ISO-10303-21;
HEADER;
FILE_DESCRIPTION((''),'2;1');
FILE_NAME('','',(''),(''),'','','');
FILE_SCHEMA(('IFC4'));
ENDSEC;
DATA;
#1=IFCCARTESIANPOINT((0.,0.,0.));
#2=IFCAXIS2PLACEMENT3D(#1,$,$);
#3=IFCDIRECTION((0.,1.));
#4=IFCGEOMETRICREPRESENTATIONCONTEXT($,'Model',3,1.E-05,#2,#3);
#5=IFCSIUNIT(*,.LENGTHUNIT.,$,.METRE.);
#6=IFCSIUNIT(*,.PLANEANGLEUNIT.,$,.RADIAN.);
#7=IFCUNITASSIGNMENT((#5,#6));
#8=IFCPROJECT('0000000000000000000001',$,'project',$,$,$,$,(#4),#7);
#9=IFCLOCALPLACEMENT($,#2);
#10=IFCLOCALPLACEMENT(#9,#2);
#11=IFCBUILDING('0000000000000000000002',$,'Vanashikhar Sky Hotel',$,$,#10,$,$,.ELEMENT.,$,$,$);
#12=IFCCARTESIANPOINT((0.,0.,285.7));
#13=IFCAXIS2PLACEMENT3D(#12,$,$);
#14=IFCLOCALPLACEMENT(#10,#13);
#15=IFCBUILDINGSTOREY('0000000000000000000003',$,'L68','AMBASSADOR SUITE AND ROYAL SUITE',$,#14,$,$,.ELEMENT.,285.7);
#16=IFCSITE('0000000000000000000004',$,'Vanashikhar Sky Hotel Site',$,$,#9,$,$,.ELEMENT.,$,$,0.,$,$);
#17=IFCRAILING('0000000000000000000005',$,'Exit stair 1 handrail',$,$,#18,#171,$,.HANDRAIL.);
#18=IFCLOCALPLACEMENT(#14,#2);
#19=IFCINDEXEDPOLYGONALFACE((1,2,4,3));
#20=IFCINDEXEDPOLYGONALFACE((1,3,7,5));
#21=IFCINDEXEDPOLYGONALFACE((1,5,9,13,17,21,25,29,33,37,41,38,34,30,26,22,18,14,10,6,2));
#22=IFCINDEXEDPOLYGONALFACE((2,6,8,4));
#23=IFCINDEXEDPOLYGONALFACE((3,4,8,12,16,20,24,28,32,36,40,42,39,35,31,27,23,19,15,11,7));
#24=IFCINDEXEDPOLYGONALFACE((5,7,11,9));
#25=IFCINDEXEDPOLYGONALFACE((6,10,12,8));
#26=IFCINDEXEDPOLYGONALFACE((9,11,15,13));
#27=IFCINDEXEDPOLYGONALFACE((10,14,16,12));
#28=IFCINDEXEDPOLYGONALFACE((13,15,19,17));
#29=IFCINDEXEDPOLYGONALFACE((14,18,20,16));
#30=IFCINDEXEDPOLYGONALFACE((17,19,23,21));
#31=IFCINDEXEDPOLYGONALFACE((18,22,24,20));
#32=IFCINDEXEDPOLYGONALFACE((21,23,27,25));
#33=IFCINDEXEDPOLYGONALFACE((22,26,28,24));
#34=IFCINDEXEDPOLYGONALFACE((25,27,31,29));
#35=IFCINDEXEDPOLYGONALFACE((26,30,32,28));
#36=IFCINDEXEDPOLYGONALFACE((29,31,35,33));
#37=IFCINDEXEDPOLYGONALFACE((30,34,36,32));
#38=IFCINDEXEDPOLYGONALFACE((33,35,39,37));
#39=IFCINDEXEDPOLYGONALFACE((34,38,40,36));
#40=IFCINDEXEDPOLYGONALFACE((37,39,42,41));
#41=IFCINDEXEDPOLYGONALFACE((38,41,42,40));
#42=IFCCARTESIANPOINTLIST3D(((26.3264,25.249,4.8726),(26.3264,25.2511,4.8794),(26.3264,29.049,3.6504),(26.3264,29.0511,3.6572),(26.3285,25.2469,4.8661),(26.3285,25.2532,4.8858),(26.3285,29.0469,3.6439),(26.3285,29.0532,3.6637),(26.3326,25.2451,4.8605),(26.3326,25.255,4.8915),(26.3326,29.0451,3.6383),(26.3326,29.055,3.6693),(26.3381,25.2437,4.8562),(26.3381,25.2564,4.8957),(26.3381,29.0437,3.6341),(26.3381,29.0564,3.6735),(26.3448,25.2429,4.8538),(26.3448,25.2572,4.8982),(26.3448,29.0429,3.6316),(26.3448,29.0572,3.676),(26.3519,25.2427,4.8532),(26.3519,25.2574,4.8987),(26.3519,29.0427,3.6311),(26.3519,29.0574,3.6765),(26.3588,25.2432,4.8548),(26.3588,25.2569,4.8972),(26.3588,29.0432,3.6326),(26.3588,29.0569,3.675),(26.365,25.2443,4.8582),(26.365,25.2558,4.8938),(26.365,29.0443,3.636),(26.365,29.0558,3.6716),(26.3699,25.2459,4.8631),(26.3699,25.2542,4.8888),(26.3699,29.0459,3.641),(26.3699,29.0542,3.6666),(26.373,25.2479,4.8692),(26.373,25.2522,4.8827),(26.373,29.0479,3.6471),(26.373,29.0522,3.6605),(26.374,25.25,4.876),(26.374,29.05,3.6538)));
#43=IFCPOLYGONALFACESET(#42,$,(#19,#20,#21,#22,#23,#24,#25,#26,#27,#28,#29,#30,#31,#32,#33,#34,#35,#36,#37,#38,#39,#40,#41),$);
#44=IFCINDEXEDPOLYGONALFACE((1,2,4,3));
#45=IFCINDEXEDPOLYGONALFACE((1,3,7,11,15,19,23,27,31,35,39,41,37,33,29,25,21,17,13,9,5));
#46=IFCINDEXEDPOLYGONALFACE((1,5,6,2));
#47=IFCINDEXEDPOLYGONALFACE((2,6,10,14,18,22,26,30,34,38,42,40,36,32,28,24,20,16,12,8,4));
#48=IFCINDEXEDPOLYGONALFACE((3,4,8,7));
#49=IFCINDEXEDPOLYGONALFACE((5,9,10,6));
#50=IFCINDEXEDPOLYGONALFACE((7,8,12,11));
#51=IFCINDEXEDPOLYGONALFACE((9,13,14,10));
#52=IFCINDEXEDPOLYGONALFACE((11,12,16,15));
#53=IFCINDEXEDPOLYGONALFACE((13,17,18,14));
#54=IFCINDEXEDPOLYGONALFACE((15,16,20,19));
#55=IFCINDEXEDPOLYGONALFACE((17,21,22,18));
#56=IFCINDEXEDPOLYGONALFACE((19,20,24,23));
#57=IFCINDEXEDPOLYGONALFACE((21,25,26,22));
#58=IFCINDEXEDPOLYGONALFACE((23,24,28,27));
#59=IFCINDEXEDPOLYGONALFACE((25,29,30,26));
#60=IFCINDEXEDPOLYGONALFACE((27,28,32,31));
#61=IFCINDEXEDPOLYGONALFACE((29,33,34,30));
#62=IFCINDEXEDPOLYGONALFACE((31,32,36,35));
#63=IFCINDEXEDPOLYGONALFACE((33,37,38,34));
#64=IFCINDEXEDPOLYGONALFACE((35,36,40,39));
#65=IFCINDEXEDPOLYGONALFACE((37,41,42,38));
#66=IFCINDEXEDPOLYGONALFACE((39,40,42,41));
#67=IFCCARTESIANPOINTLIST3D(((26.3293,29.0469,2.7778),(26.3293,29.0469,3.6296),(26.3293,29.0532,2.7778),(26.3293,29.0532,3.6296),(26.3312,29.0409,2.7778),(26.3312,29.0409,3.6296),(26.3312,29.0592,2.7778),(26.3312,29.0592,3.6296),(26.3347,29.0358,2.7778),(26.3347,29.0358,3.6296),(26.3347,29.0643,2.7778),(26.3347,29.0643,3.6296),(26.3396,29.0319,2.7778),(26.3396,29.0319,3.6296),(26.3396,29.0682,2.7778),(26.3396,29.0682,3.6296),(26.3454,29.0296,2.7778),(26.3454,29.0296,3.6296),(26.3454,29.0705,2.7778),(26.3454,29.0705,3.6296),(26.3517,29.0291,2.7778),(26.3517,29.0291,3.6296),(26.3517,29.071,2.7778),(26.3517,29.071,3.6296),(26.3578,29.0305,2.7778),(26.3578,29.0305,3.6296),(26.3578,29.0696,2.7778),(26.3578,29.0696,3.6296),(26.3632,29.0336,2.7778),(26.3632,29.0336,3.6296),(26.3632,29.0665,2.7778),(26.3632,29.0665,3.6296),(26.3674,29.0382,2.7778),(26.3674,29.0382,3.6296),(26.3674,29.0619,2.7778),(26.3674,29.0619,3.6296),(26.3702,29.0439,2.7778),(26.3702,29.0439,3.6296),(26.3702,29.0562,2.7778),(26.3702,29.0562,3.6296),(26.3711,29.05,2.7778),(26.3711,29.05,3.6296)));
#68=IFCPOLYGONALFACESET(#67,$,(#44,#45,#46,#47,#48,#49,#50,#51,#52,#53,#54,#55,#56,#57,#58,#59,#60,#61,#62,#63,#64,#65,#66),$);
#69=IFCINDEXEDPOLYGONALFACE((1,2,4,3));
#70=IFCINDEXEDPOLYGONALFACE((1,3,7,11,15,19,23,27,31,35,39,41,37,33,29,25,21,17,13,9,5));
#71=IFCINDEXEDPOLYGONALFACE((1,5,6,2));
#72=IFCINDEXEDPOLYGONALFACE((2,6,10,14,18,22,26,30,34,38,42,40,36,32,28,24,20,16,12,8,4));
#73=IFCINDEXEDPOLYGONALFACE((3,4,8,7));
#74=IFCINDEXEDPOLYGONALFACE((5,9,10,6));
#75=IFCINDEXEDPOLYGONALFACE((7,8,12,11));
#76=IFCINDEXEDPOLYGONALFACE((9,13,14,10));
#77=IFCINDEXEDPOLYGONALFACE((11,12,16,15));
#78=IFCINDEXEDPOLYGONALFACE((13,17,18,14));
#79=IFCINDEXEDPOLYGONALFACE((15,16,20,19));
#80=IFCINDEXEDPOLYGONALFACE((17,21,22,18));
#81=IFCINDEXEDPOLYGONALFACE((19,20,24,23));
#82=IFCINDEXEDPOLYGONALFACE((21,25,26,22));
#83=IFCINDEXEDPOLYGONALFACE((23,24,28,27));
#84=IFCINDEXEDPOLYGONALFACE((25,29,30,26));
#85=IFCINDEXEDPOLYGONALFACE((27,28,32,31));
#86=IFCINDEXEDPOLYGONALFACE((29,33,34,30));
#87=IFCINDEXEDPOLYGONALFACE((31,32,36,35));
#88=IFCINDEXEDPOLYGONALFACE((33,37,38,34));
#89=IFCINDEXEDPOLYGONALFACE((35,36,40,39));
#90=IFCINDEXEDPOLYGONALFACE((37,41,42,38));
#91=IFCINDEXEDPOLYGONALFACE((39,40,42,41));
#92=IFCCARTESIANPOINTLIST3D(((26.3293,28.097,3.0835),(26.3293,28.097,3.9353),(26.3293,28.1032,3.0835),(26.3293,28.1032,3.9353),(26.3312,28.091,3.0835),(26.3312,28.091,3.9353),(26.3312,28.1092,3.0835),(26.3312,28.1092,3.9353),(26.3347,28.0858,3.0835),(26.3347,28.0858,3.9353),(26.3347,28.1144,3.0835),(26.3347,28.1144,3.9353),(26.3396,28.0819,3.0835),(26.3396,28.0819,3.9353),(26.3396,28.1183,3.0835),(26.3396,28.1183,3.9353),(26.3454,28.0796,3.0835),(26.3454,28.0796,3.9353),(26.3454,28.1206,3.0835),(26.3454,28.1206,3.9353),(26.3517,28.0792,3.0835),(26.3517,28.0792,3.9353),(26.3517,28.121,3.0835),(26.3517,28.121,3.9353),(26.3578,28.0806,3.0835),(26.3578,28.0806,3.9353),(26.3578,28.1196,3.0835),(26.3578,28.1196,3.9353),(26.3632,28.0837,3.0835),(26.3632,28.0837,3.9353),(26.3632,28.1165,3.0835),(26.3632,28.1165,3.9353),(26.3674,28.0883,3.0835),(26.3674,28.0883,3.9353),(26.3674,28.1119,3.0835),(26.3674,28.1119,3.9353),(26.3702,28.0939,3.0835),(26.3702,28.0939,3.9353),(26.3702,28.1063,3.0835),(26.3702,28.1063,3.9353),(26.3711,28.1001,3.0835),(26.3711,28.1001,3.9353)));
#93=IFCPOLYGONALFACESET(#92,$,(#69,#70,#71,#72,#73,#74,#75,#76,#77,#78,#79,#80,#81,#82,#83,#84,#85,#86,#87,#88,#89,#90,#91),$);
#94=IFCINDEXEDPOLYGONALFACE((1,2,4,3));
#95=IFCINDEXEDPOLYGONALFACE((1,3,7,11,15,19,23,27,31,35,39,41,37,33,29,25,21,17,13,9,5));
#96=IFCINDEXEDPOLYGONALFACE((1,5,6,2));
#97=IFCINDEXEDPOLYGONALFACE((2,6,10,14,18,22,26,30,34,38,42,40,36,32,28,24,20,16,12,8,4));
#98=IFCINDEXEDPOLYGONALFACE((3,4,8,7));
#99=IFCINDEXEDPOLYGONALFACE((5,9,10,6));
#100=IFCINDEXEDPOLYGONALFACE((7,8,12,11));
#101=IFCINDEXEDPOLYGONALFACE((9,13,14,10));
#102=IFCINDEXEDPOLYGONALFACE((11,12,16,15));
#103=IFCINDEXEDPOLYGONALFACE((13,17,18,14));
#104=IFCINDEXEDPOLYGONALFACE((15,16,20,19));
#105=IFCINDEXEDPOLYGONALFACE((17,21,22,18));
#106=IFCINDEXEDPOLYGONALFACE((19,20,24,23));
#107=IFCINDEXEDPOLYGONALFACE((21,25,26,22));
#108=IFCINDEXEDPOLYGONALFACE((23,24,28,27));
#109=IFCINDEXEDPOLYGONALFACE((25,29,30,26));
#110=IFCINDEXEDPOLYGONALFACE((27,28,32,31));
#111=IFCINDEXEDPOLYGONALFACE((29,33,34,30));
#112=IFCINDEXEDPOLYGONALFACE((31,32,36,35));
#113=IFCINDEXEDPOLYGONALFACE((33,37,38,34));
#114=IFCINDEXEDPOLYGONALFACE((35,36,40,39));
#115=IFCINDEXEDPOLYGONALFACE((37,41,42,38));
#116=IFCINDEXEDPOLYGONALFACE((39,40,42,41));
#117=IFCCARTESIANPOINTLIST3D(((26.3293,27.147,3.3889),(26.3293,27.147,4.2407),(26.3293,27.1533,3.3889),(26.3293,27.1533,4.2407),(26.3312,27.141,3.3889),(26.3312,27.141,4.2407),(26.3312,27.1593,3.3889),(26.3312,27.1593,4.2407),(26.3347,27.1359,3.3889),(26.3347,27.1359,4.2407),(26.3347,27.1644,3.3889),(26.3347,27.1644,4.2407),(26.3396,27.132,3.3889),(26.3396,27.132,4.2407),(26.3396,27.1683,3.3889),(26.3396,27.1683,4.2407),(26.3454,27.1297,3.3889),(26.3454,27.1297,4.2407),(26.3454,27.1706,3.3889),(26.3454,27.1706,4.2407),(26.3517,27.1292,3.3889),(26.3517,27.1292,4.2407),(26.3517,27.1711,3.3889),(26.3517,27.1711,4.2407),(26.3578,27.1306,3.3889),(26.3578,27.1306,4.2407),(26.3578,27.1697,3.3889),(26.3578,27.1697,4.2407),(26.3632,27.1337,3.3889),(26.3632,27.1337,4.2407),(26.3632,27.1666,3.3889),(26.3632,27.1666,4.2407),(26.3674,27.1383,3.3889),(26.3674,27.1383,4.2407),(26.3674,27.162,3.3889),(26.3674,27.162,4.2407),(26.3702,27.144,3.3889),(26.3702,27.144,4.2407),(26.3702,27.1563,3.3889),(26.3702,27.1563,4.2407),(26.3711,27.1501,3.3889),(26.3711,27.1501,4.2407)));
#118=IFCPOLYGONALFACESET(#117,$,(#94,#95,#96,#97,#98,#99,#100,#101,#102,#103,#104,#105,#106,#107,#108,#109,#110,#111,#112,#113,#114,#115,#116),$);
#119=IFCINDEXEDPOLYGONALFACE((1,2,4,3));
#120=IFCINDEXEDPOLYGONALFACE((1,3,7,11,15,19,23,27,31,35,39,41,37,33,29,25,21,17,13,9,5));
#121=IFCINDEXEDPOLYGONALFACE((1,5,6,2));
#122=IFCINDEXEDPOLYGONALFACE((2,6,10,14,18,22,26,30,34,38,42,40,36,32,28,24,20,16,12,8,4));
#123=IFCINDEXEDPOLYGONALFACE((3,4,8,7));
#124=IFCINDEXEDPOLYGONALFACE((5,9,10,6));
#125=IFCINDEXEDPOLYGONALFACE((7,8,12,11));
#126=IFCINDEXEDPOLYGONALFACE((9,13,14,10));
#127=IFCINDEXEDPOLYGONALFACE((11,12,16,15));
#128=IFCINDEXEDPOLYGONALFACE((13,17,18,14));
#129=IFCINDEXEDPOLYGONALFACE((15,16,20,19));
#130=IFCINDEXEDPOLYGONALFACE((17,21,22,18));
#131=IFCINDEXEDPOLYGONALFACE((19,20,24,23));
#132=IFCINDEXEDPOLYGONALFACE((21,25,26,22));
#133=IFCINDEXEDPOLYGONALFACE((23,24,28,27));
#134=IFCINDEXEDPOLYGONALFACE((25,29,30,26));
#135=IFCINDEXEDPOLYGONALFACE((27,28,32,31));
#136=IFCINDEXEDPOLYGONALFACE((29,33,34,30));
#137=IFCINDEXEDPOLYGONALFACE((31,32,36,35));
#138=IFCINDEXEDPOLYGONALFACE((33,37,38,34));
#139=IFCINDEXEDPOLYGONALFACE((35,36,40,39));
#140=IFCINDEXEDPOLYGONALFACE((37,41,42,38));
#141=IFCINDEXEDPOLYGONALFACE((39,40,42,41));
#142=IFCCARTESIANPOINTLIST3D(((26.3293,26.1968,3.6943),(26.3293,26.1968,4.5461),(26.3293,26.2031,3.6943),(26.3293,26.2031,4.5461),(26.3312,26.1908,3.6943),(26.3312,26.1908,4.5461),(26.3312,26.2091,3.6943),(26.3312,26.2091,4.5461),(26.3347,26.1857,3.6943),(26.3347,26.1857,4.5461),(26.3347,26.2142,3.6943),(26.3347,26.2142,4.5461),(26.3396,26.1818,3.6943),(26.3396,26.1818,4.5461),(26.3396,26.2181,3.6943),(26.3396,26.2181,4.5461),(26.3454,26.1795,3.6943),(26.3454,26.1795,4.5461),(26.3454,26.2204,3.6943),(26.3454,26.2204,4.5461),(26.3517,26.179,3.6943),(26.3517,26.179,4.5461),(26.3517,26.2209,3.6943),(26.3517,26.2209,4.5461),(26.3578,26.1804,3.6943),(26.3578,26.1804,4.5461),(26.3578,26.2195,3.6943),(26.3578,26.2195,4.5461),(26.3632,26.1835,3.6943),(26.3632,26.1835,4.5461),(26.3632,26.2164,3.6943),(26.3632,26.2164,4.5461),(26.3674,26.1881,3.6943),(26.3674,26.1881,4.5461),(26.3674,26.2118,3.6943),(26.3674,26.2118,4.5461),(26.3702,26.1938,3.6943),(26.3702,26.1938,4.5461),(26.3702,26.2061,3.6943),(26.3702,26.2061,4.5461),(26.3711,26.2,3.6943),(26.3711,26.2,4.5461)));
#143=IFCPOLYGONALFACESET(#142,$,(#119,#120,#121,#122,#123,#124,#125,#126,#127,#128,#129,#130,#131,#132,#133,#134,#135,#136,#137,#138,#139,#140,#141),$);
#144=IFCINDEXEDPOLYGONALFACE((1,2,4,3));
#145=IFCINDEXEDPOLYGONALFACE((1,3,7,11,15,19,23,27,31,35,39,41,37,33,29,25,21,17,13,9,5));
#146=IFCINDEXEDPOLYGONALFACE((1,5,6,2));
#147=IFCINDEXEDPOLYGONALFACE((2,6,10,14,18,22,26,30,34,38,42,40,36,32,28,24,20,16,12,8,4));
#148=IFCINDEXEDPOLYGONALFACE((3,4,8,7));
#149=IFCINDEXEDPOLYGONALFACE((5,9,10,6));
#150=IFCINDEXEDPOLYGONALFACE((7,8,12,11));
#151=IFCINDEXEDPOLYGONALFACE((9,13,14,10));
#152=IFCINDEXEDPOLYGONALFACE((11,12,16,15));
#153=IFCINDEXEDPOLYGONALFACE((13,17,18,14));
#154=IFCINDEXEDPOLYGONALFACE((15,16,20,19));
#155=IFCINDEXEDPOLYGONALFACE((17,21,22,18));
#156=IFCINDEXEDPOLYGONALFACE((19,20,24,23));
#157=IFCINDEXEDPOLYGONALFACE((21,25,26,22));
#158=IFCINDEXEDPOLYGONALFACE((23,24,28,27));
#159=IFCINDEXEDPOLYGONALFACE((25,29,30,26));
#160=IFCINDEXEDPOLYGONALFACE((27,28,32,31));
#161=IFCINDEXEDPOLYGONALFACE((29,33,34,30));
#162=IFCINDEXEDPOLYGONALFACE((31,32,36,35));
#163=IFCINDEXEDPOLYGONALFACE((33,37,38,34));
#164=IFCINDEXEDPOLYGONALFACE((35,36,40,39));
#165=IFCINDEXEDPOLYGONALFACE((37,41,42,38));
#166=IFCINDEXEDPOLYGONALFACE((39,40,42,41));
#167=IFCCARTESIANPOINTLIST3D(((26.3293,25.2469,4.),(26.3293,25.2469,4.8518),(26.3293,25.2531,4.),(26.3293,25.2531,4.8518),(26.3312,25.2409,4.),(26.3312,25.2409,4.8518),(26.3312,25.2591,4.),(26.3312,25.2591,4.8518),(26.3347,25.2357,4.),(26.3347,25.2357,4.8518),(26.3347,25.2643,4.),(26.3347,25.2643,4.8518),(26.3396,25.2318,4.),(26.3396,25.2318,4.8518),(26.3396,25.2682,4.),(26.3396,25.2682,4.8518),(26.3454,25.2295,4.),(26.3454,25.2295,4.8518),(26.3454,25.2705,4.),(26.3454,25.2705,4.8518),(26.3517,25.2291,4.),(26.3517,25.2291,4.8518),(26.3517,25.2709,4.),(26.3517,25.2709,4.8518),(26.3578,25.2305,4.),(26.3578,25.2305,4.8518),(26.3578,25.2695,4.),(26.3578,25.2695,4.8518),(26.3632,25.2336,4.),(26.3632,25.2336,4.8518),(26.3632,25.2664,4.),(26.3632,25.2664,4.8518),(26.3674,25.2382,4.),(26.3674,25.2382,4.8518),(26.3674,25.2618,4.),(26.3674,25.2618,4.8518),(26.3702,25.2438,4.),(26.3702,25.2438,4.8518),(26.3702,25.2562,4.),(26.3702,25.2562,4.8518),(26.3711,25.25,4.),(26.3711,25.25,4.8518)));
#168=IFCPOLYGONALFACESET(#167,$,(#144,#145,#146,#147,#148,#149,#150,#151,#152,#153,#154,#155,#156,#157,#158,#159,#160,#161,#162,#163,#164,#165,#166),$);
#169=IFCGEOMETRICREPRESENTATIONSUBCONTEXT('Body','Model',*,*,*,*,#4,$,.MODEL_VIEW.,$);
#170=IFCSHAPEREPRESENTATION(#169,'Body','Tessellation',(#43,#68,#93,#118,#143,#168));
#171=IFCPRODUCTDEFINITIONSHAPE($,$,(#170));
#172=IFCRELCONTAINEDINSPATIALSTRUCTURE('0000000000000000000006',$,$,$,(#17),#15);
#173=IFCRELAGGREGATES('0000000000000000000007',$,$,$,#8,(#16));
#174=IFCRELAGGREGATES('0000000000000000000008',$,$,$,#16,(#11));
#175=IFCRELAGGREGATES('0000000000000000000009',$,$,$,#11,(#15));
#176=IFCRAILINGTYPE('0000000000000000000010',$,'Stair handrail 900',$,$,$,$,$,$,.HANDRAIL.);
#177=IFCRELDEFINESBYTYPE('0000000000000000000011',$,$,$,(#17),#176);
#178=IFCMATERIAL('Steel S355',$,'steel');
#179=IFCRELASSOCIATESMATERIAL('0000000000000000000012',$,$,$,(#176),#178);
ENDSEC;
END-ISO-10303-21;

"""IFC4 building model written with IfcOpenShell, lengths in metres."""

from ifc_helpers import new_model, si_unit, direction, frame, origin, origin_2d, place, context, subcontext, project, spatial, circle, extrude, source, transform, mapped, material, type_object, element, save


model = new_model("IFC4")

# Units and contexts
model_context = context("Model", 3, precision=1e-05, world=origin(), true_north=direction((0.0, 1.0)))
body_context = subcontext(model_context, "Body", "Model", "MODEL_VIEW")
ifc_project = project(units=[si_unit("LENGTHUNIT", "METRE"), si_unit("PLANEANGLEUNIT", "RADIAN")], contexts=[model_context])

# Site, building, storey
site_placement = place(None, origin())
site = spatial("IfcSite", under=ifc_project, at=site_placement, Name="Vanashikhar Sky Hotel Site", CompositionType="ELEMENT", RefElevation=0.0)
building_placement = place(site_placement, origin())
building = spatial("IfcBuilding", under=site, at=building_placement, Name="Vanashikhar Sky Hotel", CompositionType="ELEMENT")
storey_placement = place(building_placement, frame((0.0, 0.0, 285.7)))
storey = spatial("IfcBuildingStorey", under=building, at=storey_placement, Name="L68", Description="AMBASSADOR SUITE AND ROYAL SUITE", CompositionType="ELEMENT", Elevation=285.7)

# Railing
ifc_material_1 = material(Name="Steel S355", Category="steel")
railing_type = type_object("IfcRailingType", Name="Stair handrail 900", PredefinedType="HANDRAIL", material=ifc_material_1)
shared_shape_1 = source(origin(), body_context, "Body", "SweptSolid", [
    extrude(circle(Radius=0.0239, at=origin_2d()), frame((0.0, 0.0, 0.876), z_axis=(0.0, -0.951976, 0.306173), x_axis=(1.0, 0.0, 0.0)), (0.0, 0.0, 1.0), 3.9917),
    extrude(circle(Radius=0.021, at=origin_2d()), origin(), (0.0, 0.0, 1.0), 0.8518),
    extrude(circle(Radius=0.021, at=origin_2d()), frame((0.0, -0.95, 0.3057)), (0.0, 0.0, 1.0), 0.8518),
    extrude(circle(Radius=0.021, at=origin_2d()), frame((0.0, -1.8999, 0.6111)), (0.0, 0.0, 1.0), 0.8518),
    extrude(circle(Radius=0.021, at=origin_2d()), frame((0.0, -2.8501, 0.9165)), (0.0, 0.0, 1.0), 0.8518),
    extrude(circle(Radius=0.021, at=origin_2d()), frame((0.0, -3.8, 1.2222)), (0.0, 0.0, 1.0), 0.8518),
])
railing_1_placement = place(storey_placement, frame((26.3501, 29.05, 2.7778)))
element("IfcRailing", 1, at=railing_1_placement, inside=storey, type_object=railing_type, Name="Exit stair 1 handrail", PredefinedType="HANDRAIL", context=body_context, shape_type="MappedRepresentation", body=[
    mapped(shared_shape_1, transform((0.0, 0.0, 0.0), scale=1.0)),
])

save(model, "model.ifc")
